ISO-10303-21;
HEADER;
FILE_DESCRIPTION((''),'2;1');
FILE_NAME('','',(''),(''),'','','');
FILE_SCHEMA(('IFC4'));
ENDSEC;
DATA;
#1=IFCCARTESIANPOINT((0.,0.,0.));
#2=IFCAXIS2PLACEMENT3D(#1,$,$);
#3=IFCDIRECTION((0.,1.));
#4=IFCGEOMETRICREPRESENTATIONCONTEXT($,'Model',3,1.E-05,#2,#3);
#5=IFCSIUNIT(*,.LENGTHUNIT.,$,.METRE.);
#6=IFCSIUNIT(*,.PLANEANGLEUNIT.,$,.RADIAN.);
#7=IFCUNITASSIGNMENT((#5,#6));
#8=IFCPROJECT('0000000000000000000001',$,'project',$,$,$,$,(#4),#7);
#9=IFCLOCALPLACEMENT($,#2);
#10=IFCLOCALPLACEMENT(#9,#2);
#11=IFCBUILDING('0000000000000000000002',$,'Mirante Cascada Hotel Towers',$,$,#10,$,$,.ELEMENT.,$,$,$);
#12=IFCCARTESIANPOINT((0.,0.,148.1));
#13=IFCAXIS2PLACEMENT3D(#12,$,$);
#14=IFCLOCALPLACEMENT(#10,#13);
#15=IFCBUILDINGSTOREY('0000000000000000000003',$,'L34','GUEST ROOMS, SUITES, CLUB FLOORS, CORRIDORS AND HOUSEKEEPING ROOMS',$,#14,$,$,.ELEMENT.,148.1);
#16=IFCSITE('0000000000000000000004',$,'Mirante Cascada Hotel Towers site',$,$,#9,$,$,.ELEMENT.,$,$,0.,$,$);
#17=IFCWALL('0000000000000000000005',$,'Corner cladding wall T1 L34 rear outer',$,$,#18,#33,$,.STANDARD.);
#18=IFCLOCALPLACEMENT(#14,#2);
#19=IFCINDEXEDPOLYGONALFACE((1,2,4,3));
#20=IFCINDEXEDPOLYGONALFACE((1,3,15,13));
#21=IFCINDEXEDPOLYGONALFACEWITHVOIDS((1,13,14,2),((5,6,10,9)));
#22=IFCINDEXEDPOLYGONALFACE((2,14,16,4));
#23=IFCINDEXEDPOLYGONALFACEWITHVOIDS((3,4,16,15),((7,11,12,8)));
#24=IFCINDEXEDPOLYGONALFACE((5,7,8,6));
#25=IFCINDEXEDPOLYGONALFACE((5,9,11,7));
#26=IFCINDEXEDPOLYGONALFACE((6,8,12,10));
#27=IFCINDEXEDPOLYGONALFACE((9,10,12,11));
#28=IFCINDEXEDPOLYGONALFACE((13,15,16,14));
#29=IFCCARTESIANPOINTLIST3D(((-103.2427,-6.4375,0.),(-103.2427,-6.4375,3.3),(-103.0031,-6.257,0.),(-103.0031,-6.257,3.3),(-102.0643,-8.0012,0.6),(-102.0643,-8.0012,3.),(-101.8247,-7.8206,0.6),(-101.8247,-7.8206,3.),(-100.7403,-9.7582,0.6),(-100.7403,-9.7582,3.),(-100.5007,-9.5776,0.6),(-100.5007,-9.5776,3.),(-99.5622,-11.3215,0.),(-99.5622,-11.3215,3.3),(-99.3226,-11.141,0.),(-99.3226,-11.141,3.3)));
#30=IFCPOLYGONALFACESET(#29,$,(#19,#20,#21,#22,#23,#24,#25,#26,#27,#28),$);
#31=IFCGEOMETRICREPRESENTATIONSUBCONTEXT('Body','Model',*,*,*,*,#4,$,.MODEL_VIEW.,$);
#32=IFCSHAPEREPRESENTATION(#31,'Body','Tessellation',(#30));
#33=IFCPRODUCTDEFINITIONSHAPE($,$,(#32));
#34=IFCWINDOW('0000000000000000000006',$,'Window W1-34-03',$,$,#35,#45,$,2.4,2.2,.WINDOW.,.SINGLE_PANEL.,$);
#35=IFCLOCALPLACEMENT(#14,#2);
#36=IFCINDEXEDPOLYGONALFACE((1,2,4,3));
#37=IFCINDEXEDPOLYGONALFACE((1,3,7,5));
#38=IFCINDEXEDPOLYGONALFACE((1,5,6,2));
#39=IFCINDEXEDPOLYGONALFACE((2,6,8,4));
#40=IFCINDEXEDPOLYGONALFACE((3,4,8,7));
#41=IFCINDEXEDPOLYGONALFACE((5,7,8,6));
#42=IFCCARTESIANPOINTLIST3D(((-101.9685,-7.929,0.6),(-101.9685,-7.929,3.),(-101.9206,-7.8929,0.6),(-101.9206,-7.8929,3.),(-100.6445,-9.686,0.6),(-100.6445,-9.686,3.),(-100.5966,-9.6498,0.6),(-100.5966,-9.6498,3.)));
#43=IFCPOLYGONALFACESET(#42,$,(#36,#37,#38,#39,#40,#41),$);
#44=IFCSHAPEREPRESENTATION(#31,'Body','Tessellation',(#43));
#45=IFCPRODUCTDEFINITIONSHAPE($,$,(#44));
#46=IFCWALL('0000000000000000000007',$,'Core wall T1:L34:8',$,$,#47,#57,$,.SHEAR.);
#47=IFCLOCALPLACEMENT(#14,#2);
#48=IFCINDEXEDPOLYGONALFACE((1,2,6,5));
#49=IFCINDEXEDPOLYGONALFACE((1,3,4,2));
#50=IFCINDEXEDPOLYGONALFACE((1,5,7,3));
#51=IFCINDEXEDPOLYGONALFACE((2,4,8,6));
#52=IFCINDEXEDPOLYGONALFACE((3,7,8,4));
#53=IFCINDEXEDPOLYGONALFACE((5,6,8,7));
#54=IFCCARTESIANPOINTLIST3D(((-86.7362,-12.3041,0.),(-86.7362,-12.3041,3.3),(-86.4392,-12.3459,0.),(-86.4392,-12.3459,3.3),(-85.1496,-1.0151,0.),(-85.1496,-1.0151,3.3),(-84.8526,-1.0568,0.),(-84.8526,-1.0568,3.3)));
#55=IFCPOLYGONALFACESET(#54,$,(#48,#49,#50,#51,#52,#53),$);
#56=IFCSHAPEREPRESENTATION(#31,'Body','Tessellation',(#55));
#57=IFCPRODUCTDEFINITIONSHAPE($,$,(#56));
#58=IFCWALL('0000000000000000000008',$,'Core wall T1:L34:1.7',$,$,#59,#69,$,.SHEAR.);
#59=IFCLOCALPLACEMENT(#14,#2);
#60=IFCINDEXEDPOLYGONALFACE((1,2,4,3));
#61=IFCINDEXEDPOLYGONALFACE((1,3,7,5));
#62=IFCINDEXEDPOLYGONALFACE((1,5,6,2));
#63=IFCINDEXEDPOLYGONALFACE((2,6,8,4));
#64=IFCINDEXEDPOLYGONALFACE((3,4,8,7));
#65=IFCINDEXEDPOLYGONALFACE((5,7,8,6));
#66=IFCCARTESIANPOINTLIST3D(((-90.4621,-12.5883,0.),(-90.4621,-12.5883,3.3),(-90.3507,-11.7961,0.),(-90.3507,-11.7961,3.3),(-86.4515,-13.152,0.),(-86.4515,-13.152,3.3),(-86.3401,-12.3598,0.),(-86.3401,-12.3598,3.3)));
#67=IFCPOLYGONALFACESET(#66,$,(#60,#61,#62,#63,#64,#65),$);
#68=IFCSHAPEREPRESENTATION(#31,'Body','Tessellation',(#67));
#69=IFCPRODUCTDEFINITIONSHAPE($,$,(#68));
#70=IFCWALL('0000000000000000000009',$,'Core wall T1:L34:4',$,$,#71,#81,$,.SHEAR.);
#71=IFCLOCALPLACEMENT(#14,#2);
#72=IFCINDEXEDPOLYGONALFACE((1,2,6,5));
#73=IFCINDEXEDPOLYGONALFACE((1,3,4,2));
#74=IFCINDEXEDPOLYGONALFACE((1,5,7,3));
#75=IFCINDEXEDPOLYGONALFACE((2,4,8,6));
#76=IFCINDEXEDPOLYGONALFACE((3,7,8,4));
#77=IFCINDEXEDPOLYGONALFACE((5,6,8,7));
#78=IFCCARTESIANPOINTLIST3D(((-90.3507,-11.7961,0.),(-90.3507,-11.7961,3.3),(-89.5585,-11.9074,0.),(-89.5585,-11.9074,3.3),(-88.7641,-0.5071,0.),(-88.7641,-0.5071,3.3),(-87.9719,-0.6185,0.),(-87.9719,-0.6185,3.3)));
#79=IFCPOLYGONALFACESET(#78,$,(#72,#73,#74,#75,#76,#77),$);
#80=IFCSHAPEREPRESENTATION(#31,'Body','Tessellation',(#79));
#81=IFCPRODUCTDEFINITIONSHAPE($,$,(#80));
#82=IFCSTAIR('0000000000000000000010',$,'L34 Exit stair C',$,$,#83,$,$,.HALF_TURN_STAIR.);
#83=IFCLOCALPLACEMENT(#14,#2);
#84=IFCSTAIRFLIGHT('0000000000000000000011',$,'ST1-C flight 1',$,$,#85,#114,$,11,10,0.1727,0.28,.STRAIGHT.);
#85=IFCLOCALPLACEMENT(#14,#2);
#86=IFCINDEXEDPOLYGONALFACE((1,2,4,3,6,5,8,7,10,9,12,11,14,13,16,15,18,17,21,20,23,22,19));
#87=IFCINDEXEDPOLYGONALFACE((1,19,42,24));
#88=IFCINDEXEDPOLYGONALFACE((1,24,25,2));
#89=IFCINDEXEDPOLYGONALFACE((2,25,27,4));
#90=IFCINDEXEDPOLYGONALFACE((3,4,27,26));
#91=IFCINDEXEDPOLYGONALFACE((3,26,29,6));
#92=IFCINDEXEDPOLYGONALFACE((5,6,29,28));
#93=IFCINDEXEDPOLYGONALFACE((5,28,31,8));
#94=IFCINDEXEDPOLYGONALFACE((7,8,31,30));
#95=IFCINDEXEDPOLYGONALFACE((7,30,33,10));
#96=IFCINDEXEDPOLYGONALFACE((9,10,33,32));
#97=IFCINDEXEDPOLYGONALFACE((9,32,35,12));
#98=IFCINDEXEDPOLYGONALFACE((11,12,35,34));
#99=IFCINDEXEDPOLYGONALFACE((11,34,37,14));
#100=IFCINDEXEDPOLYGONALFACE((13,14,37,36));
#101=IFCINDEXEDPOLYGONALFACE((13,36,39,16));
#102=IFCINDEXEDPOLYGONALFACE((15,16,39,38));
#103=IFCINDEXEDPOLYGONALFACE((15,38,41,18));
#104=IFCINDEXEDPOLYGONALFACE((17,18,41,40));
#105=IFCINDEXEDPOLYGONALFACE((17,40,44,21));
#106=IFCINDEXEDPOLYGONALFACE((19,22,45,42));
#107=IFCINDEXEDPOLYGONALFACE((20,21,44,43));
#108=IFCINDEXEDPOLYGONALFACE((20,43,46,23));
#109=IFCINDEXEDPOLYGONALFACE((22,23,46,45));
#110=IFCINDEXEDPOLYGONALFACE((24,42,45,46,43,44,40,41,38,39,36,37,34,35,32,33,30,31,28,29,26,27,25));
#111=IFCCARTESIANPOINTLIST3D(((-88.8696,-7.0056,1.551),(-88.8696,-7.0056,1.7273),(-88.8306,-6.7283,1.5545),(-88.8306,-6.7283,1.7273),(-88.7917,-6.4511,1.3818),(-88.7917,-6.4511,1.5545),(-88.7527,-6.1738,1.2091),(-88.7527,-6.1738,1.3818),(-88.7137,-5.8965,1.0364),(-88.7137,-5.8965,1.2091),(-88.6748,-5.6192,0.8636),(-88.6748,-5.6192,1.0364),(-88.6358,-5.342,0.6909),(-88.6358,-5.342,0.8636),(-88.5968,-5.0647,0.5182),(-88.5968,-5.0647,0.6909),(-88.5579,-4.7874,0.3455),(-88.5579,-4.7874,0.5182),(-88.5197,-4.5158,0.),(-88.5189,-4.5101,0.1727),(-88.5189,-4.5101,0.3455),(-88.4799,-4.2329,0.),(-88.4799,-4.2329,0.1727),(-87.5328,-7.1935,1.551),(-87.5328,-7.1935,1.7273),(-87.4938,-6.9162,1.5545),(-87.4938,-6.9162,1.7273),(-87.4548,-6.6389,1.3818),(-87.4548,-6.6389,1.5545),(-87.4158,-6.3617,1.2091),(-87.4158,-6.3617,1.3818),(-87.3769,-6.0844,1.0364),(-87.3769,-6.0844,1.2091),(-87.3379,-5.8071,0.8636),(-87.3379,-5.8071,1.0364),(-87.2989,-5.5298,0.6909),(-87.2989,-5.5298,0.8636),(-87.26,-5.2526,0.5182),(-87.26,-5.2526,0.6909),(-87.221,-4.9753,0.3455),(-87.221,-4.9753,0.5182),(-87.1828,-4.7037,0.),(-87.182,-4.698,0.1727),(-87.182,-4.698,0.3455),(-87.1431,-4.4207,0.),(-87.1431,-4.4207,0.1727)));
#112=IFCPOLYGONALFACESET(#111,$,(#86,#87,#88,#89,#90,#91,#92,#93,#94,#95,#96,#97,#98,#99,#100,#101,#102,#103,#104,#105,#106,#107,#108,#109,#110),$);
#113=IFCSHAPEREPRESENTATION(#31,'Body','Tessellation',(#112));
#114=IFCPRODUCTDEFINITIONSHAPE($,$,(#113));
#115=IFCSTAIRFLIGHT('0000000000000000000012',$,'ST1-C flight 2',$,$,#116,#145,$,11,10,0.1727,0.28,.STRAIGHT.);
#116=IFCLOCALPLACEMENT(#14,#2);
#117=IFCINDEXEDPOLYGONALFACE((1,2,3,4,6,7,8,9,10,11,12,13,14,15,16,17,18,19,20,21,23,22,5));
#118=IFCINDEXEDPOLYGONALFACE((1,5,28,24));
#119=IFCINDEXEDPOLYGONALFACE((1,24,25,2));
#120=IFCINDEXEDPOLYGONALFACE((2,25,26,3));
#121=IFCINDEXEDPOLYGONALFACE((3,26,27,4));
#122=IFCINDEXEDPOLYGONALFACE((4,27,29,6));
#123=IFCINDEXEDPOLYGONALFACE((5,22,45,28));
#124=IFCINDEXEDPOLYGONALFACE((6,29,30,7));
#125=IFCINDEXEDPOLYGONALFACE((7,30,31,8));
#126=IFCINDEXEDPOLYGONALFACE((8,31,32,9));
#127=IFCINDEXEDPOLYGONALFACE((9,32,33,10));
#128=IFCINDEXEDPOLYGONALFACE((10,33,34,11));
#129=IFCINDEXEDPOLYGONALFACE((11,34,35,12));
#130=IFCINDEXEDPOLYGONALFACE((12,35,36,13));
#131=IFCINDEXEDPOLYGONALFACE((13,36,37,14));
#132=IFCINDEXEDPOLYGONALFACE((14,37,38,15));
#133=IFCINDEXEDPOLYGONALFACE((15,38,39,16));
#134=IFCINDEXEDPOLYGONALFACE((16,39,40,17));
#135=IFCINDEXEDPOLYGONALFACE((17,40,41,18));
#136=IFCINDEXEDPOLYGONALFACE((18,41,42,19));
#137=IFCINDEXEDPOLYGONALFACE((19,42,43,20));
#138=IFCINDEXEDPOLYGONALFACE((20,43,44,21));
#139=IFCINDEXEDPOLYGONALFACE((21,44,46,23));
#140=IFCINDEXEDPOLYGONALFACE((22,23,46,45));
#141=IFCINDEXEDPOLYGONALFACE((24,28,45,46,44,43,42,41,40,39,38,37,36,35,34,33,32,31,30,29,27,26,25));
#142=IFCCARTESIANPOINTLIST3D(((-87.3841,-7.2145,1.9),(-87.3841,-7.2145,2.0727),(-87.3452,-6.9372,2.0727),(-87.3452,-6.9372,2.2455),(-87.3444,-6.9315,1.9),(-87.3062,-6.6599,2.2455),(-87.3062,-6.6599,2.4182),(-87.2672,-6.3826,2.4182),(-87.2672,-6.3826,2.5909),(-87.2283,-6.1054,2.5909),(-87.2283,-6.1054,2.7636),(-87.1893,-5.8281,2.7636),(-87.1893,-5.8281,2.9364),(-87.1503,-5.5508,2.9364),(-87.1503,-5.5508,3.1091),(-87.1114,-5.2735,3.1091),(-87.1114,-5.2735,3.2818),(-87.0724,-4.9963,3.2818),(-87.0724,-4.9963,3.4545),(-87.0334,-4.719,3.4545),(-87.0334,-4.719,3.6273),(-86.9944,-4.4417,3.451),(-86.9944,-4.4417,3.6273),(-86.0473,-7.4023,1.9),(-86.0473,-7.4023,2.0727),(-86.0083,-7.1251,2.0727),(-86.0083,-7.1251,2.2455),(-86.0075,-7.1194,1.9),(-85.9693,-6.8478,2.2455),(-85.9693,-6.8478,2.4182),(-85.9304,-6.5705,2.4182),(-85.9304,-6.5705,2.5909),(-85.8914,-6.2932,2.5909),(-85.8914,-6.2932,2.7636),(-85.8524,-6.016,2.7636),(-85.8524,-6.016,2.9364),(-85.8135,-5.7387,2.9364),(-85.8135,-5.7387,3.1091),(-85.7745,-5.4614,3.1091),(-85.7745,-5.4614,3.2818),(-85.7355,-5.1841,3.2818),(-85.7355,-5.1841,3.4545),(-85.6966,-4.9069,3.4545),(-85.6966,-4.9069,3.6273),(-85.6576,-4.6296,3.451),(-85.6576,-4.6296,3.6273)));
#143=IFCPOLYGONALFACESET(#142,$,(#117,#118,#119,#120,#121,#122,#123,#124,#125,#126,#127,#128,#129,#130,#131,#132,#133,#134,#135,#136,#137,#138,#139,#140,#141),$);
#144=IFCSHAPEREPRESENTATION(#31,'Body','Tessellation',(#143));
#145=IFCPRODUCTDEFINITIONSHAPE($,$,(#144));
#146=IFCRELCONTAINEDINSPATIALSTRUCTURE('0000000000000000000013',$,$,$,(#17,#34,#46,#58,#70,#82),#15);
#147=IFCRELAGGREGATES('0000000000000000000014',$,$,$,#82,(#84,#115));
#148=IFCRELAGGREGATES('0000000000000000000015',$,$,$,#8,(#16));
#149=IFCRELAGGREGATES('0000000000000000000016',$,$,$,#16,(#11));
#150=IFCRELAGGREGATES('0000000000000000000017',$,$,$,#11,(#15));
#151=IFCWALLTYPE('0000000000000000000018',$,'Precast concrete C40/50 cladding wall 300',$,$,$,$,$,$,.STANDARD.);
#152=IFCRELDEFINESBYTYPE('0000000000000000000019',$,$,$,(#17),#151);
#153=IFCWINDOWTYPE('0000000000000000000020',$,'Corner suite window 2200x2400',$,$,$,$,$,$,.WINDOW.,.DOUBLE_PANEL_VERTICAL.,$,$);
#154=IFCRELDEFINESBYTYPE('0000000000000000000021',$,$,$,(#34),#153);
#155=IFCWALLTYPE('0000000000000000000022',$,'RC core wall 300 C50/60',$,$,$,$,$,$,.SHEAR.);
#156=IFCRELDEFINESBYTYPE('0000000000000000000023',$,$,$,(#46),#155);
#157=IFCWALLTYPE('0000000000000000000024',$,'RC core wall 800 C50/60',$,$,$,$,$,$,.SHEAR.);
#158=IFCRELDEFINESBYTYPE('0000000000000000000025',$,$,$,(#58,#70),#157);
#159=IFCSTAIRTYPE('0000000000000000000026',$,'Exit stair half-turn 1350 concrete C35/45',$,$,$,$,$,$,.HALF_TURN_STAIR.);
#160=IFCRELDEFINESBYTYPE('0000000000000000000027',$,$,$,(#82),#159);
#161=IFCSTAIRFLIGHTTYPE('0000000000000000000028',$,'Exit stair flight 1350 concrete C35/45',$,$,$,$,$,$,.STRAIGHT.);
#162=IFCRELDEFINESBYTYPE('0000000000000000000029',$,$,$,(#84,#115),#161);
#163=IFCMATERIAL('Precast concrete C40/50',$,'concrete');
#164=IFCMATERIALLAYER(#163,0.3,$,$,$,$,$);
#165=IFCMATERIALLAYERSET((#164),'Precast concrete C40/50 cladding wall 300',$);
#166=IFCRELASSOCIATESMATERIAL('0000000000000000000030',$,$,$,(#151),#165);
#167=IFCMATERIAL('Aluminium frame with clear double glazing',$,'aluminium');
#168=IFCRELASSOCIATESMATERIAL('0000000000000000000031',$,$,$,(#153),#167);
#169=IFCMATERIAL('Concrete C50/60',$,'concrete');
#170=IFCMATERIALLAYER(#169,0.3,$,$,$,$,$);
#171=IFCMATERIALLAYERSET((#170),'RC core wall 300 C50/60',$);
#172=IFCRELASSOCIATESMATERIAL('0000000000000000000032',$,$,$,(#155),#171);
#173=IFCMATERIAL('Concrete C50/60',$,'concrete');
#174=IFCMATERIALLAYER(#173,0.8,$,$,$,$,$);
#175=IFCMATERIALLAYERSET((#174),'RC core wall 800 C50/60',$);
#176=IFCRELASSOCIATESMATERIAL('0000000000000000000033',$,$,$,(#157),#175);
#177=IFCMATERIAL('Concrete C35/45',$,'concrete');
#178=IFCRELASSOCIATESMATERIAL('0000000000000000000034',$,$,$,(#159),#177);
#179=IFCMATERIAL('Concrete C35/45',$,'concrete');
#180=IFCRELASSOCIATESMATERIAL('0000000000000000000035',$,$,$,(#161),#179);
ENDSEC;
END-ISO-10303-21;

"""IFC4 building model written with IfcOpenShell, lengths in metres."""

from ifc_helpers import new_model, si_unit, direction, frame, frame_2d, origin, place, context, subcontext, project, spatial, polyline, rectangle, outline, extrude, material, layer, layer_set, type_object, element, fill, aggregate, save


model = new_model("IFC4")

# Units and contexts
model_context = context("Model", 3, precision=1e-05, world=origin(), true_north=direction((0.0, 1.0)))
body_context = subcontext(model_context, "Body", "Model", "MODEL_VIEW")
ifc_project = project(units=[si_unit("LENGTHUNIT", "METRE"), si_unit("PLANEANGLEUNIT", "RADIAN")], contexts=[model_context])

# Site, building, storey
site_placement = place(None, origin())
site = spatial("IfcSite", under=ifc_project, at=site_placement, Name="Mirante Cascada Hotel Towers site", CompositionType="ELEMENT", RefElevation=0.0)
building_placement = place(site_placement, origin())
building = spatial("IfcBuilding", under=site, at=building_placement, Name="Mirante Cascada Hotel Towers", CompositionType="ELEMENT")
storey_placement = place(building_placement, frame((0.0, 0.0, 148.1)))
storey = spatial("IfcBuildingStorey", under=building, at=storey_placement, Name="L34", Description="GUEST ROOMS, SUITES, CLUB FLOORS, CORRIDORS AND HOUSEKEEPING ROOMS", CompositionType="ELEMENT", Elevation=148.1)

# Shared definitions
ifc_material_1 = material(Name="Precast concrete C40/50", Category="concrete")
ifc_layer_1 = layer(ifc_material_1, 0.3)
ifc_layer_set_1 = layer_set([ifc_layer_1], Name="Precast concrete C40/50 cladding wall 300")
wall_type_1 = type_object("IfcWallType", Name="Precast concrete C40/50 cladding wall 300", PredefinedType="STANDARD", material=ifc_layer_set_1)

# Wall, opening, window
wall_1_placement = place(storey_placement, frame((-99.4424, -11.2313, 0.0), z_axis=(0.0, 0.0, 1.0), x_axis=(-0.601819, 0.798632, 0.0)))
wall_1 = element("IfcWall", 1, at=wall_1_placement, inside=storey, type_object=wall_type_1, Name="Corner cladding wall T1 L34 rear outer", PredefinedType="STANDARD", context=body_context, shape_type="SweptSolid", body=[
    extrude(rectangle(XDim=6.1155, YDim=0.3, at=frame_2d((3.0578, 0.0))), origin(), (0.0, 0.0, 1.0), 3.3),
])
opening_1_placement = place(wall_1_placement, frame((1.9576, 0.0, 0.6)))
opening_1 = element("IfcOpeningElement", 2, at=opening_1_placement, cuts=wall_1, PredefinedType="OPENING", context=body_context, shape_type="SweptSolid", body=[
    extrude(rectangle(XDim=2.2, YDim=2.4, at=frame_2d((1.1, 1.2))), frame((0.0, 0.15, 0.0), z_axis=(0.0, -1.0, 0.0), x_axis=(1.0, 0.0, 0.0)), (0.0, 0.0, 1.0), 0.3),
])
ifc_material_2 = material(Name="Aluminium frame with clear double glazing", Category="aluminium")
window_type_1 = type_object("IfcWindowType", Name="Corner suite window 2200x2400", PartitioningType="DOUBLE_PANEL_VERTICAL", PredefinedType="WINDOW", material=ifc_material_2)
window_1_placement = place(opening_1_placement, origin())
window_1 = element("IfcWindow", 3, at=window_1_placement, inside=storey, type_object=window_type_1, Name="Window W1-34-03", OverallHeight=2.4, OverallWidth=2.2, PartitioningType="SINGLE_PANEL", PredefinedType="WINDOW", context=body_context, shape_type="SweptSolid", body=[
    extrude(rectangle(XDim=2.2, YDim=2.4, at=frame_2d((1.1, 1.2))), frame((0.0, 0.03, 0.0), z_axis=(0.0, -1.0, 0.0), x_axis=(1.0, 0.0, 0.0)), (0.0, 0.0, 1.0), 0.06),
])
fill(opening_1, window_1)

# Walls
ifc_material_3 = material(Name="Concrete C50/60", Category="concrete")
ifc_layer_2 = layer(ifc_material_3, 0.3)
ifc_layer_set_2 = layer_set([ifc_layer_2], Name="RC core wall 300 C50/60")
wall_type_2 = type_object("IfcWallType", Name="RC core wall 300 C50/60", PredefinedType="SHEAR", material=ifc_layer_set_2)
wall_2_placement = place(storey_placement, frame((-86.5877, -12.325, 0.0), z_axis=(0.0, 0.0, 1.0), x_axis=(0.139175, 0.990268, 0.0)))
element("IfcWall", 4, at=wall_2_placement, inside=storey, type_object=wall_type_2, Name="Core wall T1:L34:8", PredefinedType="SHEAR", context=body_context, shape_type="SweptSolid", body=[
    extrude(rectangle(XDim=11.4, YDim=0.3, at=frame_2d((5.7, 0.0))), origin(), (0.0, 0.0, 1.0), 3.3),
])
ifc_material_4 = material(Name="Concrete C50/60", Category="concrete")
ifc_layer_3 = layer(ifc_material_4, 0.8)
ifc_layer_set_3 = layer_set([ifc_layer_3], Name="RC core wall 800 C50/60")
wall_type_3 = type_object("IfcWallType", Name="RC core wall 800 C50/60", PredefinedType="SHEAR", material=ifc_layer_set_3)
wall_3_placement = place(storey_placement, frame((-86.3958, -12.7559, 0.0), z_axis=(0.0, 0.0, 1.0), x_axis=(-0.990267, 0.139184, 0.0)))
element("IfcWall", 5, at=wall_3_placement, inside=storey, type_object=wall_type_3, Name="Core wall T1:L34:1.7", PredefinedType="SHEAR", context=body_context, shape_type="SweptSolid", body=[
    extrude(rectangle(XDim=4.05, YDim=0.8, at=frame_2d((2.025, 0.0))), origin(), (0.0, 0.0, 1.0), 3.3),
])
wall_4_placement = place(storey_placement, frame((-89.9546, -11.8518, 0.0), z_axis=(0.0, 0.0, 1.0), x_axis=(0.139176, 0.990268, 0.0)))
element("IfcWall", 6, at=wall_4_placement, inside=storey, type_object=wall_type_3, Name="Core wall T1:L34:4", PredefinedType="SHEAR", context=body_context, shape_type="SweptSolid", body=[
    extrude(rectangle(XDim=11.3999, YDim=0.8, at=frame_2d((5.7, 0.0))), origin(), (0.0, 0.0, 1.0), 3.3),
])

# Stair, stair flights
ifc_material_5 = material(Name="Concrete C35/45", Category="concrete")
stair_type = type_object("IfcStairType", Name="Exit stair half-turn 1350 concrete C35/45", PredefinedType="HALF_TURN_STAIR", material=ifc_material_5)
stair_placement = place(storey_placement, origin())
stair = element("IfcStair", 7, at=stair_placement, inside=storey, type_object=stair_type, Name="L34 Exit stair C", PredefinedType="HALF_TURN_STAIR")
ifc_material_6 = material(Name="Concrete C35/45", Category="concrete")
stair_flight_type = type_object("IfcStairFlightType", Name="Exit stair flight 1350 concrete C35/45", PredefinedType="STRAIGHT", material=ifc_material_6)
stair_flight_1_placement = place(storey_placement, frame((-87.8115, -4.3268, 0.0), z_axis=(0.0, 0.0, 1.0), x_axis=(-0.139173, -0.990268, 0.0)))
stair_flight_1 = element("IfcStairFlight", 8, at=stair_flight_1_placement, type_object=stair_flight_type, Name="ST1-C flight 1", NumberOfRisers=11, NumberOfTreads=10, PredefinedType="STRAIGHT", RiserHeight=0.1727, TreadLength=0.28, context=body_context, shape_type="SweptSolid", body=[
    extrude(outline(polyline([(0.0, 0.0), (0.0, 0.1727), (0.28, 0.1727), (0.28, 0.3455), (0.56, 0.3455), (0.56, 0.5182), (0.84, 0.5182), (0.84, 0.6909), (1.12, 0.6909), (1.12, 0.8636), (1.4, 0.8636), (1.4, 1.0364), (1.68, 1.0364), (1.68, 1.2091), (1.96, 1.2091), (1.96, 1.3818), (2.24, 1.3818), (2.24, 1.5545), (2.52, 1.5545), (2.52, 1.7273), (2.8, 1.7273), (2.8, 1.9), (2.8, 1.551), (0.2857, 0.0), (0.0, 0.0)])), frame((0.0, 0.675, 0.0), z_axis=(0.0, -1.0, 0.0), x_axis=(1.0, 0.0, 0.0)), (0.0, 0.0, 1.0), 1.35),
])
stair_flight_2_placement = place(storey_placement, frame((-86.7157, -7.3084, 1.9), z_axis=(0.0, 0.0, 1.0), x_axis=(0.139173, 0.990268, 0.0)))
stair_flight_2 = element("IfcStairFlight", 9, at=stair_flight_2_placement, type_object=stair_flight_type, Name="ST1-C flight 2", NumberOfRisers=11, NumberOfTreads=10, PredefinedType="STRAIGHT", RiserHeight=0.1727, TreadLength=0.28, context=body_context, shape_type="SweptSolid", body=[
    extrude(outline(polyline([(0.0, 0.0), (0.0, 0.1727), (0.28, 0.1727), (0.28, 0.3455), (0.56, 0.3455), (0.56, 0.5182), (0.84, 0.5182), (0.84, 0.6909), (1.12, 0.6909), (1.12, 0.8636), (1.4, 0.8636), (1.4, 1.0364), (1.68, 1.0364), (1.68, 1.2091), (1.96, 1.2091), (1.96, 1.3818), (2.24, 1.3818), (2.24, 1.5545), (2.52, 1.5545), (2.52, 1.7273), (2.8, 1.7273), (2.8, 1.9), (2.8, 1.551), (0.2857, 0.0), (0.0, 0.0)])), frame((0.0, 0.675, 0.0), z_axis=(0.0, -1.0, 0.0), x_axis=(1.0, 0.0, 0.0)), (0.0, 0.0, 1.0), 1.35),
])
aggregate(stair, [stair_flight_1, stair_flight_2])

save(model, "model.ifc")
